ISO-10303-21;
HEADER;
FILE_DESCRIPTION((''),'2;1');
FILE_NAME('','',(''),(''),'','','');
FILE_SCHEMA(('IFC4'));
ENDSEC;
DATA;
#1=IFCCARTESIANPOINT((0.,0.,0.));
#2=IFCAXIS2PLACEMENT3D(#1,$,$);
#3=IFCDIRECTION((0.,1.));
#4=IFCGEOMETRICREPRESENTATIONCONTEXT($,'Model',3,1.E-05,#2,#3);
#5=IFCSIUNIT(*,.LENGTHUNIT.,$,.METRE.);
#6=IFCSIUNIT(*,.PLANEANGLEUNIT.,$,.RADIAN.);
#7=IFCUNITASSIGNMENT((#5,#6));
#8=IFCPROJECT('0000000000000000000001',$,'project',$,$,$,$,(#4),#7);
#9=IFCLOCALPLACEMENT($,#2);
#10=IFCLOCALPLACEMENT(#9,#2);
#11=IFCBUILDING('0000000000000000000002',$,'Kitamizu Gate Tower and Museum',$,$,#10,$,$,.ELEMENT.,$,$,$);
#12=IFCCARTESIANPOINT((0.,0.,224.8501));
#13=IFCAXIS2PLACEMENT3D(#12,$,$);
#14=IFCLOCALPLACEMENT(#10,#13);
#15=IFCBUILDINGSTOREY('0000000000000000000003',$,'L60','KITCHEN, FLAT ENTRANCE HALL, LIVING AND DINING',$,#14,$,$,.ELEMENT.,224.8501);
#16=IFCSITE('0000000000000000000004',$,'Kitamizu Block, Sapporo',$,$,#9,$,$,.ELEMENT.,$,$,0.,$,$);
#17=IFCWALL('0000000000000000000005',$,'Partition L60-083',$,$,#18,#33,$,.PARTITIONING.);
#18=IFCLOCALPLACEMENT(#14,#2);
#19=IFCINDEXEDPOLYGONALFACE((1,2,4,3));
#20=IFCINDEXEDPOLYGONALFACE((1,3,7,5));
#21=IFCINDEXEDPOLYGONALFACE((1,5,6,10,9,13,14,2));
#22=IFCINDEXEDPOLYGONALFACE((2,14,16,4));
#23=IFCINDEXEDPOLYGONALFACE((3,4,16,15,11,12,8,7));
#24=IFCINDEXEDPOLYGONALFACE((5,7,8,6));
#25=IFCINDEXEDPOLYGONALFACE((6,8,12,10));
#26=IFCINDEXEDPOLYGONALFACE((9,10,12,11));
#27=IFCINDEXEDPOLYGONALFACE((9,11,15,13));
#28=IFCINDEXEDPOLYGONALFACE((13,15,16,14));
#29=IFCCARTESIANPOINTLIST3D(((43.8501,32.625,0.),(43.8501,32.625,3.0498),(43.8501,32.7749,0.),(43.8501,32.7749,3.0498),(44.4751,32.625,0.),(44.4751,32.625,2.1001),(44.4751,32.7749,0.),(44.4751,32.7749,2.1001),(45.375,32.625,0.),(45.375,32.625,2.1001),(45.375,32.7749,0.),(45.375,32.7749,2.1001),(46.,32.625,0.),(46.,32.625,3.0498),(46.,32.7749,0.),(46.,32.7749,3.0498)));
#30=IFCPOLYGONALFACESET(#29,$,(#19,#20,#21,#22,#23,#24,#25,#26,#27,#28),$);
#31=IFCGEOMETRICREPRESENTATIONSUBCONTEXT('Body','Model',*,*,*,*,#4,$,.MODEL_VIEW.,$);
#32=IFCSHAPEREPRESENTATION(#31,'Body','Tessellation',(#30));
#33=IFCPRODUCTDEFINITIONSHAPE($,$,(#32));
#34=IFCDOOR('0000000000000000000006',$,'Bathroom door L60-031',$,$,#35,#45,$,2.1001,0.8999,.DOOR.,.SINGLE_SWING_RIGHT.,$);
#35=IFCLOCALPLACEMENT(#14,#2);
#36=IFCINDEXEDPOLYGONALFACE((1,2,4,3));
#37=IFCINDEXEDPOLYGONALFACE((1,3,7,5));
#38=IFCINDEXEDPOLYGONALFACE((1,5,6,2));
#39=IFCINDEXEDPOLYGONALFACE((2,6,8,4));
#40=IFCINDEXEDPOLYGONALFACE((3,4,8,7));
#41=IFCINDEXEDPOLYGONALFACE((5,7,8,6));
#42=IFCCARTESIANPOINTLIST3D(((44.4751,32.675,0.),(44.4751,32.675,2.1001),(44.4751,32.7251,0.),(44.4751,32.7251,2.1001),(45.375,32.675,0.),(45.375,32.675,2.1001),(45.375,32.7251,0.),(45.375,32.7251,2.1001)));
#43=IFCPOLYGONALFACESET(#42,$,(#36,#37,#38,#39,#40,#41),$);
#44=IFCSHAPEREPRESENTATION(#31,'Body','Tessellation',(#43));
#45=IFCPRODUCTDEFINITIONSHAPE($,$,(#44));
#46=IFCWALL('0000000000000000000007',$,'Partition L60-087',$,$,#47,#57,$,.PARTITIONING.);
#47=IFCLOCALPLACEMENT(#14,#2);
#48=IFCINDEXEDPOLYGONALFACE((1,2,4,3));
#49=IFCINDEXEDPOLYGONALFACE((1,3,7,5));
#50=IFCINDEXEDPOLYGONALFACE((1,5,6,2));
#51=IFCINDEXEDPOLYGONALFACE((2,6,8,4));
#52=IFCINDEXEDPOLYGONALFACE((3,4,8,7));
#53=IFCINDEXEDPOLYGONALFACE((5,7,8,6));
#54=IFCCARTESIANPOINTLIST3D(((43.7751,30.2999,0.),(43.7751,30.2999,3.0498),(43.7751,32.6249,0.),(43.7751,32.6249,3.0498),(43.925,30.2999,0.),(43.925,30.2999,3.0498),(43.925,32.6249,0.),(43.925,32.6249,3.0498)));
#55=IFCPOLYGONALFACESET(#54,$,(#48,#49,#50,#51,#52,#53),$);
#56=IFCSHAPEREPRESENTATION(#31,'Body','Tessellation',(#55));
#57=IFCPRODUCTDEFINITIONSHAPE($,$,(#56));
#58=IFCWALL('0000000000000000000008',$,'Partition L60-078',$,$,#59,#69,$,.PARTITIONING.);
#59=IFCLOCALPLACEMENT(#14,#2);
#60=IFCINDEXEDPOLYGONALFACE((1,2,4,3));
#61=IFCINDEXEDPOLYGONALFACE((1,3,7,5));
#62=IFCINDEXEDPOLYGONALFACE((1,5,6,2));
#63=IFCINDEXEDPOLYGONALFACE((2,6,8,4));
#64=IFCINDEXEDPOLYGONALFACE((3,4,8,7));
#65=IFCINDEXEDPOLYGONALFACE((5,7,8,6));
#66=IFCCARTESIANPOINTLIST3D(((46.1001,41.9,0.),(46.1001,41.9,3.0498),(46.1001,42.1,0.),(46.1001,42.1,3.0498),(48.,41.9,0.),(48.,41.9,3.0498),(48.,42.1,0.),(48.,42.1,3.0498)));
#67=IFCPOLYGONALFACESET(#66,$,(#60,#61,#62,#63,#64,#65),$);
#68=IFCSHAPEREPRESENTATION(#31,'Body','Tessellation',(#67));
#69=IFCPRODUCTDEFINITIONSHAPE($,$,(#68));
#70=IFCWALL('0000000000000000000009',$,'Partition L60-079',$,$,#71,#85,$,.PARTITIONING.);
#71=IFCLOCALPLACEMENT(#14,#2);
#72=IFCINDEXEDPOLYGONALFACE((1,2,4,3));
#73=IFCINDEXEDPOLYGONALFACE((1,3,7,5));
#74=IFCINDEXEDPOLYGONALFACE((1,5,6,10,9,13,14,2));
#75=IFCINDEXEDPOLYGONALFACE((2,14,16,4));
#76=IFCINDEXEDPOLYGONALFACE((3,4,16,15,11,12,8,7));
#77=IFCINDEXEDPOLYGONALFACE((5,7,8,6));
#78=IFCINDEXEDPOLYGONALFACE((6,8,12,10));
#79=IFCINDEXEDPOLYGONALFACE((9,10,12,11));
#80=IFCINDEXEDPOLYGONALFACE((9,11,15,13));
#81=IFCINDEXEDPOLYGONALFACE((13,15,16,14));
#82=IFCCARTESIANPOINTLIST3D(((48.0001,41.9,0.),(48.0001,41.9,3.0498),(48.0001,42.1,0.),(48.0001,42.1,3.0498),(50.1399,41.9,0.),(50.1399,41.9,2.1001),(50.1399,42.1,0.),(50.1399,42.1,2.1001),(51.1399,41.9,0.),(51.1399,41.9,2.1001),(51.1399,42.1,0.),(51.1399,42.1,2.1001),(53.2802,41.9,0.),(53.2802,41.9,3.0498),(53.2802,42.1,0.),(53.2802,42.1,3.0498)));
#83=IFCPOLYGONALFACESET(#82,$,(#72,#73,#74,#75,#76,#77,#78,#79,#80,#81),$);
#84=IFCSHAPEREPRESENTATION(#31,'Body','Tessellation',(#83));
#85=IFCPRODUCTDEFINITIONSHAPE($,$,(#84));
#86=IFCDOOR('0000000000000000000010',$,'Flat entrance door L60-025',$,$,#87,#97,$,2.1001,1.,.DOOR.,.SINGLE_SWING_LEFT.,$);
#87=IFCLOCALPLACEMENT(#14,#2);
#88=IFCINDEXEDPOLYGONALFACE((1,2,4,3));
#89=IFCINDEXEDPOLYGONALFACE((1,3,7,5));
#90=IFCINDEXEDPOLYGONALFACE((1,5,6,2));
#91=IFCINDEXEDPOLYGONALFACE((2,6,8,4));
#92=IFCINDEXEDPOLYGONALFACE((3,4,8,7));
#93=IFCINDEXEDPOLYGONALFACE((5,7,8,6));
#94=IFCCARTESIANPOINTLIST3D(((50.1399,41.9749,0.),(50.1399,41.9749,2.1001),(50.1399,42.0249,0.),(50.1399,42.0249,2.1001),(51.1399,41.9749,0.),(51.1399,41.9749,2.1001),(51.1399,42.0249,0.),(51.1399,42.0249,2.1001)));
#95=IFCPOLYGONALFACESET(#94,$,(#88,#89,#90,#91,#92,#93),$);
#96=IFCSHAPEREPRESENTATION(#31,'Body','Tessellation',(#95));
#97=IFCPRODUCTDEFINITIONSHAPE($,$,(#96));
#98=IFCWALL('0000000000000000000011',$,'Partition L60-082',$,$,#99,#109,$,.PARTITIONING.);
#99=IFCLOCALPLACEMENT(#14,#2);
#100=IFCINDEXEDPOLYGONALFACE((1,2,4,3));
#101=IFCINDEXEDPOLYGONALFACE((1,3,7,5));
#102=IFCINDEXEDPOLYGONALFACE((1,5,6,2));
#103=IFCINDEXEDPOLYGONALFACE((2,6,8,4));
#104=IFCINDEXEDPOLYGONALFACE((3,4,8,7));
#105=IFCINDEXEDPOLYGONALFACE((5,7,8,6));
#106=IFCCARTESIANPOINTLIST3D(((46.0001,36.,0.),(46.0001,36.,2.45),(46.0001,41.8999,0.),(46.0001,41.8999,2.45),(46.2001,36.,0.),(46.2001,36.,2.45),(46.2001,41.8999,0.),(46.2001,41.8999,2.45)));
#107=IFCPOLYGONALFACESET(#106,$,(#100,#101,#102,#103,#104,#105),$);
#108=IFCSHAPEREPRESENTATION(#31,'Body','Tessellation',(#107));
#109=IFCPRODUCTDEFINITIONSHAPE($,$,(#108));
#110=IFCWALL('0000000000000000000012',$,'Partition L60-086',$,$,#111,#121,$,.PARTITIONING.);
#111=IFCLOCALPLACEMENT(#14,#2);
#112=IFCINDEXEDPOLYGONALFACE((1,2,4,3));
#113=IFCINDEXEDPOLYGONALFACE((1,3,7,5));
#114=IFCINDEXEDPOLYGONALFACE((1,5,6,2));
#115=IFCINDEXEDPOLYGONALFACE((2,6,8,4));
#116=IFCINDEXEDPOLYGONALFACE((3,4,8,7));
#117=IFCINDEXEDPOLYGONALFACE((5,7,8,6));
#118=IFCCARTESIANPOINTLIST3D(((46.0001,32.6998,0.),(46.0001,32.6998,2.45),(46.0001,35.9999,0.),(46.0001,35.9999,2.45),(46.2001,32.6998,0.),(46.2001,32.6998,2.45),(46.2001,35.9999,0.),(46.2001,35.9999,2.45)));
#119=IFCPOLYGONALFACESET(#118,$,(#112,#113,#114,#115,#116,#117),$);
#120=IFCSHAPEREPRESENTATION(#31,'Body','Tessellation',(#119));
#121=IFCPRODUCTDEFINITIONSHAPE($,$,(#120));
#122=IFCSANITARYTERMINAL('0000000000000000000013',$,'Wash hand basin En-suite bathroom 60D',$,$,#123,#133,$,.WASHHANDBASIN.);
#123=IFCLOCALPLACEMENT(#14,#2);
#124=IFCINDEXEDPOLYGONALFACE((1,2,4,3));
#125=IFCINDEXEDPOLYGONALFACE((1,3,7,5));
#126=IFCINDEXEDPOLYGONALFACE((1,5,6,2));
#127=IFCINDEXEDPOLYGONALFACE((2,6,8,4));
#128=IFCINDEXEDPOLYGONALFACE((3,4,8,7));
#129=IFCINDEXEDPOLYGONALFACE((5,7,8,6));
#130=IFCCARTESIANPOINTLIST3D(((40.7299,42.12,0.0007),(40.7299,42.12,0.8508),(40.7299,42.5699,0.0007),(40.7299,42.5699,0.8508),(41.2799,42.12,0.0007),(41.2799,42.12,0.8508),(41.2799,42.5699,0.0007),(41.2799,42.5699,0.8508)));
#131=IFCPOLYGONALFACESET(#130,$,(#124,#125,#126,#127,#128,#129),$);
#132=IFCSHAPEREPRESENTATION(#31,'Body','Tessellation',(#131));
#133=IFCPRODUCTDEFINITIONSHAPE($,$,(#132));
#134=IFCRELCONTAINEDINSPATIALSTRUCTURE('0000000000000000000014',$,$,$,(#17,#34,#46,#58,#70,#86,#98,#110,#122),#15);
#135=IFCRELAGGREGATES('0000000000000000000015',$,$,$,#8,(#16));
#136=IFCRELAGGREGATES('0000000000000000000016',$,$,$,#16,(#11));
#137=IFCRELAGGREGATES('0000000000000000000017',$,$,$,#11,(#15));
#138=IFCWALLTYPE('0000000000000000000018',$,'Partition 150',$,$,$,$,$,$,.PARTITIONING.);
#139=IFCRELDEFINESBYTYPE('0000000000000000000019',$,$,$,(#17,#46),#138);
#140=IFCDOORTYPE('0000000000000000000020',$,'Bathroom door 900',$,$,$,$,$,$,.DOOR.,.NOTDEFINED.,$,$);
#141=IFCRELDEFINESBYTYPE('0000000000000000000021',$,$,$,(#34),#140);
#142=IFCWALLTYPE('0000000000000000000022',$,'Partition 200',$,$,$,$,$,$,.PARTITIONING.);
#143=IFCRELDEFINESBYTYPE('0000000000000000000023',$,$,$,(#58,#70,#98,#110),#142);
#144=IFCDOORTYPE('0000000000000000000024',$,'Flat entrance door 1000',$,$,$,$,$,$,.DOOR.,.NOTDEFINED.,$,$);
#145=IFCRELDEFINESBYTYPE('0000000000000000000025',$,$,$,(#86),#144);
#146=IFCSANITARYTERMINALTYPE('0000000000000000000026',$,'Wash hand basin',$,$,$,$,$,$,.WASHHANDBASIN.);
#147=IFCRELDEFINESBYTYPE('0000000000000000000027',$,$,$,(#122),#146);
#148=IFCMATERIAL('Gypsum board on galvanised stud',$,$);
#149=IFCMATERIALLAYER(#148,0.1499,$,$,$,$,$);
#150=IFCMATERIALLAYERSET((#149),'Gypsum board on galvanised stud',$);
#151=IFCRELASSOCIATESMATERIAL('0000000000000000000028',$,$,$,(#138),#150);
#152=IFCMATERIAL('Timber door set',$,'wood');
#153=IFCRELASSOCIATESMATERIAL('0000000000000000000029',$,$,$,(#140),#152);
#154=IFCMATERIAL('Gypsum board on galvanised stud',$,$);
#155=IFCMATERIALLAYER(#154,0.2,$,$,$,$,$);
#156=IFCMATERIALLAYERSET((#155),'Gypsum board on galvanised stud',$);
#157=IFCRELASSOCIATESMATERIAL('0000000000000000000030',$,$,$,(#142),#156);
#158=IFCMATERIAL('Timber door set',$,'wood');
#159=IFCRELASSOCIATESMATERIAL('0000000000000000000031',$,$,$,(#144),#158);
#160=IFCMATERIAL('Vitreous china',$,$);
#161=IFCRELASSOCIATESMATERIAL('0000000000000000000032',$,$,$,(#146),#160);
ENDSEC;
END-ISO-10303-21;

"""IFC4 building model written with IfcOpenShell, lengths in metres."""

from ifc_helpers import new_model, si_unit, direction, frame, frame_2d, origin, origin_2d, place, context, subcontext, project, spatial, rectangle, extrude, material, layer, layer_set, type_object, element, fill, save


model = new_model("IFC4")

# Units and contexts
model_context = context("Model", 3, precision=1e-05, world=origin(), true_north=direction((0.0, 1.0)))
body_context = subcontext(model_context, "Body", "Model", "MODEL_VIEW")
ifc_project = project(units=[si_unit("LENGTHUNIT", "METRE"), si_unit("PLANEANGLEUNIT", "RADIAN")], contexts=[model_context])

# Site, building, storey
site_placement = place(None, origin())
site = spatial("IfcSite", under=ifc_project, at=site_placement, Name="Kitamizu Block, Sapporo", CompositionType="ELEMENT", RefElevation=0.0)
building_placement = place(site_placement, origin())
building = spatial("IfcBuilding", under=site, at=building_placement, Name="Kitamizu Gate Tower and Museum", CompositionType="ELEMENT")
storey_placement = place(building_placement, frame((0.0, 0.0, 224.8501)))
storey = spatial("IfcBuildingStorey", under=building, at=storey_placement, Name="L60", Description="KITCHEN, FLAT ENTRANCE HALL, LIVING AND DINING", CompositionType="ELEMENT", Elevation=224.8501)

# Shared definitions
ifc_material_1 = material(Name="Gypsum board on galvanised stud")
ifc_layer_1 = layer(ifc_material_1, 0.1499)
ifc_layer_set_1 = layer_set([ifc_layer_1], Name="Gypsum board on galvanised stud")
wall_type_1 = type_object("IfcWallType", Name="Partition 150", PredefinedType="PARTITIONING", material=ifc_layer_set_1)

# Shared definitions
ifc_material_2 = material(Name="Timber door set", Category="wood")
door_type_1 = type_object("IfcDoorType", Name="Bathroom door 900", OperationType="NOTDEFINED", PredefinedType="DOOR", material=ifc_material_2)

# Wall, opening, door
wall_1_placement = place(storey_placement, frame((43.8501, 32.7, 0.0), z_axis=(0.0, 0.0, 1.0), x_axis=(1.0, 0.0, 0.0)))
wall_1 = element("IfcWall", 1, at=wall_1_placement, inside=storey, type_object=wall_type_1, Name="Partition L60-083", PredefinedType="PARTITIONING", context=body_context, shape_type="SweptSolid", body=[
    extrude(rectangle(XDim=2.1499, YDim=0.1499, at=frame_2d((1.075, 0.0))), origin(), (0.0, 0.0, 1.0), 3.0498),
])
opening_1_placement = place(wall_1_placement, frame((0.625, 0.0, 0.0)))
opening_1 = element("IfcOpeningElement", 2, at=opening_1_placement, cuts=wall_1, PredefinedType="OPENING", context=body_context, shape_type="SweptSolid", body=[
    extrude(rectangle(XDim=0.8999, YDim=2.1001, at=frame_2d((0.45, 1.05))), frame((0.0, 0.085, 0.0), z_axis=(0.0, -1.0, 0.0), x_axis=(1.0, 0.0, 0.0)), (0.0, 0.0, 1.0), 0.1699),
])
door_1_placement = place(opening_1_placement, frame((0.8999, 0.0, 0.0), x_axis=(-1.0, 0.0, 0.0)))
door_1 = element("IfcDoor", 3, at=door_1_placement, inside=storey, type_object=door_type_1, Name="Bathroom door L60-031", OperationType="SINGLE_SWING_RIGHT", OverallHeight=2.1001, OverallWidth=0.8999, PredefinedType="DOOR", context=body_context, shape_type="SweptSolid", body=[
    extrude(rectangle(XDim=0.8999, YDim=2.1001, at=frame_2d((0.45, 1.05))), frame((0.0, 0.0249, 0.0), z_axis=(0.0, -1.0, 0.0), x_axis=(1.0, 0.0, 0.0)), (0.0, 0.0, 1.0), 0.05),
])
fill(opening_1, door_1)

# Walls
wall_2_placement = place(storey_placement, frame((43.8501, 32.625, 0.0), z_axis=(0.0, 0.0, 1.0), x_axis=(0.0, -1.0, 0.0)))
element("IfcWall", 4, at=wall_2_placement, inside=storey, type_object=wall_type_1, Name="Partition L60-087", PredefinedType="PARTITIONING", context=body_context, shape_type="SweptSolid", body=[
    extrude(rectangle(XDim=2.325, YDim=0.1499, at=frame_2d((1.1626, 0.0))), origin(), (0.0, 0.0, 1.0), 3.0498),
])
ifc_material_3 = material(Name="Gypsum board on galvanised stud")
ifc_layer_2 = layer(ifc_material_3, 0.2)
ifc_layer_set_2 = layer_set([ifc_layer_2], Name="Gypsum board on galvanised stud")
wall_type_2 = type_object("IfcWallType", Name="Partition 200", PredefinedType="PARTITIONING", material=ifc_layer_set_2)
wall_3_placement = place(storey_placement, frame((46.1001, 42.0, 0.0), z_axis=(0.0, 0.0, 1.0), x_axis=(1.0, 0.0, 0.0)))
element("IfcWall", 5, at=wall_3_placement, inside=storey, type_object=wall_type_2, Name="Partition L60-078", PredefinedType="PARTITIONING", context=body_context, shape_type="SweptSolid", body=[
    extrude(rectangle(XDim=1.8999, YDim=0.2, at=frame_2d((0.95, 0.0))), origin(), (0.0, 0.0, 1.0), 3.0498),
])

# Wall, opening, door
wall_4_placement = place(storey_placement, frame((48.0, 42.0, 0.0), z_axis=(0.0, 0.0, 1.0), x_axis=(1.0, 0.0, 0.0)))
wall_4 = element("IfcWall", 6, at=wall_4_placement, inside=storey, type_object=wall_type_2, Name="Partition L60-079", PredefinedType="PARTITIONING", context=body_context, shape_type="SweptSolid", body=[
    extrude(rectangle(XDim=5.28, YDim=0.2, at=frame_2d((2.6401, 0.0))), origin(), (0.0, 0.0, 1.0), 3.0498),
])
opening_2_placement = place(wall_4_placement, frame((2.1399, 0.0, 0.0)))
opening_2 = element("IfcOpeningElement", 7, at=opening_2_placement, cuts=wall_4, PredefinedType="OPENING", context=body_context, shape_type="SweptSolid", body=[
    extrude(rectangle(XDim=1.0, YDim=2.1001, at=frame_2d((0.5, 1.05))), frame((0.0, 0.1099, 0.0), z_axis=(0.0, -1.0, 0.0), x_axis=(1.0, 0.0, 0.0)), (0.0, 0.0, 1.0), 0.22),
])
ifc_material_4 = material(Name="Timber door set", Category="wood")
door_type_2 = type_object("IfcDoorType", Name="Flat entrance door 1000", OperationType="NOTDEFINED", PredefinedType="DOOR", material=ifc_material_4)
door_2_placement = place(opening_2_placement, origin())
door_2 = element("IfcDoor", 8, at=door_2_placement, inside=storey, type_object=door_type_2, Name="Flat entrance door L60-025", OperationType="SINGLE_SWING_LEFT", OverallHeight=2.1001, OverallWidth=1.0, PredefinedType="DOOR", context=body_context, shape_type="SweptSolid", body=[
    extrude(rectangle(XDim=1.0, YDim=2.1001, at=frame_2d((0.5, 1.05))), frame((0.0, 0.0249, 0.0), z_axis=(0.0, -1.0, 0.0), x_axis=(1.0, 0.0, 0.0)), (0.0, 0.0, 1.0), 0.05),
])
fill(opening_2, door_2)

# Walls
wall_5_placement = place(storey_placement, frame((46.1001, 36.0, 0.0), z_axis=(0.0, 0.0, 1.0), x_axis=(0.0, 1.0, 0.0)))
element("IfcWall", 9, at=wall_5_placement, inside=storey, type_object=wall_type_2, Name="Partition L60-082", PredefinedType="PARTITIONING", context=body_context, shape_type="SweptSolid", body=[
    extrude(rectangle(XDim=5.8999, YDim=0.2, at=frame_2d((2.95, 0.0))), origin(), (0.0, 0.0, 1.0), 2.45),
])
wall_6_placement = place(storey_placement, frame((46.1001, 32.7, 0.0), z_axis=(0.0, 0.0, 1.0), x_axis=(0.0, 1.0, 0.0)))
element("IfcWall", 10, at=wall_6_placement, inside=storey, type_object=wall_type_2, Name="Partition L60-086", PredefinedType="PARTITIONING", context=body_context, shape_type="SweptSolid", body=[
    extrude(rectangle(XDim=3.3, YDim=0.2, at=frame_2d((1.6499, 0.0))), origin(), (0.0, 0.0, 1.0), 2.45),
])

# Sanitary terminal
ifc_material_5 = material(Name="Vitreous china")
sanitary_terminal_type = type_object("IfcSanitaryTerminalType", Name="Wash hand basin", PredefinedType="WASHHANDBASIN", material=ifc_material_5)
sanitary_terminal_placement = place(storey_placement, frame((41.0049, 42.345, 0.0007), z_axis=(0.0, 0.0, 1.0), x_axis=(1.0, 0.0, 0.0)))
element("IfcSanitaryTerminal", 11, at=sanitary_terminal_placement, inside=storey, type_object=sanitary_terminal_type, Name="Wash hand basin En-suite bathroom 60D", PredefinedType="WASHHANDBASIN", context=body_context, shape_type="SweptSolid", body=[
    extrude(rectangle(XDim=0.55, YDim=0.45, at=origin_2d()), origin(), (0.0, 0.0, 1.0), 0.8501),
])

save(model, "model.ifc")
